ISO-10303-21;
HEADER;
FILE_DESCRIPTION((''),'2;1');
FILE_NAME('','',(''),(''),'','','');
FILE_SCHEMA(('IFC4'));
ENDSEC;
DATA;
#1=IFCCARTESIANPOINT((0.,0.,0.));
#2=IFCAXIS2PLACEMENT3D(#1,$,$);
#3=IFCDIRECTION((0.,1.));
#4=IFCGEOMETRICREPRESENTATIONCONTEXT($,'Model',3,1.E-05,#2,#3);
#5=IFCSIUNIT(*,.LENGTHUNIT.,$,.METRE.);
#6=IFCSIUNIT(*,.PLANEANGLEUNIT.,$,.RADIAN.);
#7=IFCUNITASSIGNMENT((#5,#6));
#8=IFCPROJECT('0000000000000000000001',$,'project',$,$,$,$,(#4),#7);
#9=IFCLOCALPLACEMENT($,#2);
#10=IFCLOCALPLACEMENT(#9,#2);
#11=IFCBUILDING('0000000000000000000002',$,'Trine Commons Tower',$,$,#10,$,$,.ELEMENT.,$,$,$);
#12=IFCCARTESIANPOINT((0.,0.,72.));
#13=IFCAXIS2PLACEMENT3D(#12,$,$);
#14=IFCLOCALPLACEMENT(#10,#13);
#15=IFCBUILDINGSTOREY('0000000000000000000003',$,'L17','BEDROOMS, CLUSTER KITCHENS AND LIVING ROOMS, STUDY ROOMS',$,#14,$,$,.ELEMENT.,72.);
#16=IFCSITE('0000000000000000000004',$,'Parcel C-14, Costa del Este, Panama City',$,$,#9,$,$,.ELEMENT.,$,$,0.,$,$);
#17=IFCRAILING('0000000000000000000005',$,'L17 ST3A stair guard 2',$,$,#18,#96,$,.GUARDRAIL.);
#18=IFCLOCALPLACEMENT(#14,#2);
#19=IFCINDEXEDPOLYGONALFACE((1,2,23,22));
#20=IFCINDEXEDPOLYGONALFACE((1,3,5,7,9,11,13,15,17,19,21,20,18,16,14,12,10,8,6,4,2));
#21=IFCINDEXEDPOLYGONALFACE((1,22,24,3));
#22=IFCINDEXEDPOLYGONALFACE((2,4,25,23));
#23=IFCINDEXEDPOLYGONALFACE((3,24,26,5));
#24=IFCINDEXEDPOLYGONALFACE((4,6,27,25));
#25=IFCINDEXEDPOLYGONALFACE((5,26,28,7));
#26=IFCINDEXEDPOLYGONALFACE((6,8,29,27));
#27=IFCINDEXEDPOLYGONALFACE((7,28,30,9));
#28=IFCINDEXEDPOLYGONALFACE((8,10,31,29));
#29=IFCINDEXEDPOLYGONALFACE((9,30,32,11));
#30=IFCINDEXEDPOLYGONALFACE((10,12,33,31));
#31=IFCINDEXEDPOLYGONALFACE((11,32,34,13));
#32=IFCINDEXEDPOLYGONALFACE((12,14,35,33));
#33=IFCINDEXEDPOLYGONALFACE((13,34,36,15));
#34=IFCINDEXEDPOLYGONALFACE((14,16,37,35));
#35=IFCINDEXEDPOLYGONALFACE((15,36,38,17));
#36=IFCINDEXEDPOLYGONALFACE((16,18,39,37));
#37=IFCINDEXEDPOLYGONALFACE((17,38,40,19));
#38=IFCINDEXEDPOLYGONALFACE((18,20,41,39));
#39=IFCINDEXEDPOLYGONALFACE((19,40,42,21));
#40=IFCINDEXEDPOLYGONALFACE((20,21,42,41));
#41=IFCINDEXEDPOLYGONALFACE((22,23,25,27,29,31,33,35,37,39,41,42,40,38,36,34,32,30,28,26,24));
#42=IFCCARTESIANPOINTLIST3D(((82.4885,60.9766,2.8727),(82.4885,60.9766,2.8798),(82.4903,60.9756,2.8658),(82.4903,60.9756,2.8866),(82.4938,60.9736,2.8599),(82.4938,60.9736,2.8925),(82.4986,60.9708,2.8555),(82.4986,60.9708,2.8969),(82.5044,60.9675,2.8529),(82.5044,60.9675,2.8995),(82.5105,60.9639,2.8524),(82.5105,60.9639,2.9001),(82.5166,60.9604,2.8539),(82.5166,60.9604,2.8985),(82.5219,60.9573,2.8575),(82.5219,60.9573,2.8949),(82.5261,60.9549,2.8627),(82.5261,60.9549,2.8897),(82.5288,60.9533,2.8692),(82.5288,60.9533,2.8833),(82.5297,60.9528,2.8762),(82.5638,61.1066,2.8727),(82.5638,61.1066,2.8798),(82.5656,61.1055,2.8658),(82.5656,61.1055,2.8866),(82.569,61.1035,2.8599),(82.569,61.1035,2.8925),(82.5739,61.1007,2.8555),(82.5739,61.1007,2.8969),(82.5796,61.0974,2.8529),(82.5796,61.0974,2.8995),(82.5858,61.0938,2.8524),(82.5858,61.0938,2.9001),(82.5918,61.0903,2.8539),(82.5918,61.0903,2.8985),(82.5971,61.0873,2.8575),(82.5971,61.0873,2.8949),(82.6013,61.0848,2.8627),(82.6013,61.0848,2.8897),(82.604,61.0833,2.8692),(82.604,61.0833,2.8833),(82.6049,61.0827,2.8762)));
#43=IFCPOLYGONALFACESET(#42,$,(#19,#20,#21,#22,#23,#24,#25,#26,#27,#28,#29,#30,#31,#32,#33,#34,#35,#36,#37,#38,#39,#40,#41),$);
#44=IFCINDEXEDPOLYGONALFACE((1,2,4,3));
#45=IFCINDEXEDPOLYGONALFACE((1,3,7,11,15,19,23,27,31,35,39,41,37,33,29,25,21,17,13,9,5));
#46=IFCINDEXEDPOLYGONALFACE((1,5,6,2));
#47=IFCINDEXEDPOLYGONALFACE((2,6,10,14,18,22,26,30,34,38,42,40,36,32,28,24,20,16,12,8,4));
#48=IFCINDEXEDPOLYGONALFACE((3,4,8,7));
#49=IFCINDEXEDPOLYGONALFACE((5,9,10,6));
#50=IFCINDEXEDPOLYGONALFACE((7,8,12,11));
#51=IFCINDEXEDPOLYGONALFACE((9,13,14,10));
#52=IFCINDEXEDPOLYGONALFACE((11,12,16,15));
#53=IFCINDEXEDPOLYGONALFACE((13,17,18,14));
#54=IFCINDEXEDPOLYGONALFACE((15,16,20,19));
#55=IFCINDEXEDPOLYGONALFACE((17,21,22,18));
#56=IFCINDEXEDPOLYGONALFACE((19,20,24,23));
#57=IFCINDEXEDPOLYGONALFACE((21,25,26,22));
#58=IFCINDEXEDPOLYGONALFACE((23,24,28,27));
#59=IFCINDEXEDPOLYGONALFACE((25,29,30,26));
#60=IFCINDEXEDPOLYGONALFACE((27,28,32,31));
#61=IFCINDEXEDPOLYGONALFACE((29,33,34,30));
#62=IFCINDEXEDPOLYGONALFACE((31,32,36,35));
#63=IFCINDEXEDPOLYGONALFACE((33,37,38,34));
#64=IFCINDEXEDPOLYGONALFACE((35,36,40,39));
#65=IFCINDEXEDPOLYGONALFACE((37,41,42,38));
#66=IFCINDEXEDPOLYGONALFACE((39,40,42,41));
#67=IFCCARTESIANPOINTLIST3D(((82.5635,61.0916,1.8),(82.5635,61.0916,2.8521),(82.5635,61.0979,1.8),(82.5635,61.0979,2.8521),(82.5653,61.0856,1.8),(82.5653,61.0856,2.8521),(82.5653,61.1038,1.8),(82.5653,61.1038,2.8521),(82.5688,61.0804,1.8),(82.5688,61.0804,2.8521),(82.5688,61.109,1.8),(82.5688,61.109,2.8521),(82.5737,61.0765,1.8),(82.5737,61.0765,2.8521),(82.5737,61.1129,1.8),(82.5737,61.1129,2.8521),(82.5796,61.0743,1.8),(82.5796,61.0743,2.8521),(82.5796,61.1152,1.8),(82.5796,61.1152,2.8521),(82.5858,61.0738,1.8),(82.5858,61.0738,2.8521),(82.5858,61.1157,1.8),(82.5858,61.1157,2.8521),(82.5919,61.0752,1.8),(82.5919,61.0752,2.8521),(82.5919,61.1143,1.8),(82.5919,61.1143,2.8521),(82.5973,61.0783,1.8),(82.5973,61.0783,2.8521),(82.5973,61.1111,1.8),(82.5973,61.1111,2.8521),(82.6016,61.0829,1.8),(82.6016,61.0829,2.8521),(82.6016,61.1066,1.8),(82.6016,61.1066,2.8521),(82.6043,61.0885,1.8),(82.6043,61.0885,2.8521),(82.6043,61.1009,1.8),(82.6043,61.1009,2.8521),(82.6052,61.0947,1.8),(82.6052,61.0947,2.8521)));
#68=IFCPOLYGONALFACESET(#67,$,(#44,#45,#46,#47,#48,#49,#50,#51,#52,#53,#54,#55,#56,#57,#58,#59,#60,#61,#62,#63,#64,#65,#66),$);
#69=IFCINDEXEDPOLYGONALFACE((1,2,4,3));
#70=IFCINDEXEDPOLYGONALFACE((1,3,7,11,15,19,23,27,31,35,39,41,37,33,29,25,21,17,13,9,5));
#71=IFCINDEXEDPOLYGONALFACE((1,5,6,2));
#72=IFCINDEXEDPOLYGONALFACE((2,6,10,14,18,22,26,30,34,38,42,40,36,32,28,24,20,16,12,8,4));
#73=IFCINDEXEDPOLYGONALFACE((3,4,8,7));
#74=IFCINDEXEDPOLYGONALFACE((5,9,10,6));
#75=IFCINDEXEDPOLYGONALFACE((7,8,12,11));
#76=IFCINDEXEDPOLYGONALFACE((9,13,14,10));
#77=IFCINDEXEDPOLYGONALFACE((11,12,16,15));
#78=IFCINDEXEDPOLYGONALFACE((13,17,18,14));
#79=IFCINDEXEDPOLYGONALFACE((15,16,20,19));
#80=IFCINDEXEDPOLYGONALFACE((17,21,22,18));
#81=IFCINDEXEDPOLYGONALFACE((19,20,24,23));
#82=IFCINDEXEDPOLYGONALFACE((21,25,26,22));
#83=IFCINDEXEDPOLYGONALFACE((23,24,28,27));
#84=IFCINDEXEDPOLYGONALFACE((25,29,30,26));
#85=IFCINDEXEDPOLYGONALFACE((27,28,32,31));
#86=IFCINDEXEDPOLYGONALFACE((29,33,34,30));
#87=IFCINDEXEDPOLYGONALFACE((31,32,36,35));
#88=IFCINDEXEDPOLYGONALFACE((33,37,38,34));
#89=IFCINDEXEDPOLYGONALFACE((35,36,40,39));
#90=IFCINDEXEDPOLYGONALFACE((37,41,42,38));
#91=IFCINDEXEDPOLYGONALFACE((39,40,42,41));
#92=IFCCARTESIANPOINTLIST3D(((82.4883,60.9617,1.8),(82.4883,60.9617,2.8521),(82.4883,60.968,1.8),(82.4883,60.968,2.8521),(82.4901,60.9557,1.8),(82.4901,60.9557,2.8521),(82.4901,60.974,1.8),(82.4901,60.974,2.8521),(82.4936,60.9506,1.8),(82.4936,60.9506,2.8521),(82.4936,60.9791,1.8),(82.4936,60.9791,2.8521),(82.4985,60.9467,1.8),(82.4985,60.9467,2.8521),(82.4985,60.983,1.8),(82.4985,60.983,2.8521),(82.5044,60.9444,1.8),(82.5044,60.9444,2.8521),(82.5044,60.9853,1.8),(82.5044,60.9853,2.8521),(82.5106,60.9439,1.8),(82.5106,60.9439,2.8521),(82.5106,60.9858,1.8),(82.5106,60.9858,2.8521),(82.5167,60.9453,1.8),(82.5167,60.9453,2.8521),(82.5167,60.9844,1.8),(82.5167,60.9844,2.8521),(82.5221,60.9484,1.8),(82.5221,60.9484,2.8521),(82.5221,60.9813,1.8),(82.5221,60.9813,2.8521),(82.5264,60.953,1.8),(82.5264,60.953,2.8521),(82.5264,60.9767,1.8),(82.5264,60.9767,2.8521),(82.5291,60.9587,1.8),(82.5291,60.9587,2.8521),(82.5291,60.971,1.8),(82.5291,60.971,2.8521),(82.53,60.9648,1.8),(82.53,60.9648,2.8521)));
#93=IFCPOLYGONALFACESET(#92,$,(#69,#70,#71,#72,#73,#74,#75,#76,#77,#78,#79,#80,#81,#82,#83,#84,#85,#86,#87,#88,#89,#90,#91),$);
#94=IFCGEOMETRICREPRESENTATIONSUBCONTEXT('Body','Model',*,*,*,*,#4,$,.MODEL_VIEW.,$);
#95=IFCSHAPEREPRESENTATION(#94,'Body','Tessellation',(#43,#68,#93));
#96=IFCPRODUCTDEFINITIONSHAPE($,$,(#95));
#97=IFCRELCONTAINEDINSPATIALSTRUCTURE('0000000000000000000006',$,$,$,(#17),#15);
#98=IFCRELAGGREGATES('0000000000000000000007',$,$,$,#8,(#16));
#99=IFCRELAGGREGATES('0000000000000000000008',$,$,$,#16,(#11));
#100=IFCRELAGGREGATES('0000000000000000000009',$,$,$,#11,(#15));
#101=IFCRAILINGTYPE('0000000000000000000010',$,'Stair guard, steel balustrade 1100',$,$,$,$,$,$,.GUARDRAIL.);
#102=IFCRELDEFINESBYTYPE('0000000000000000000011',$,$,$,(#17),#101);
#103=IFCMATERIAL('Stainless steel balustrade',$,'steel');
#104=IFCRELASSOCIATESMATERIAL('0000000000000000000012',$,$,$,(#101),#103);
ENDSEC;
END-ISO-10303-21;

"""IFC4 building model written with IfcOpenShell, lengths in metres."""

from ifc_helpers import new_model, si_unit, direction, frame, origin, origin_2d, place, context, subcontext, project, spatial, circle, extrude, material, type_object, element, save


model = new_model("IFC4")

# Units and contexts
model_context = context("Model", 3, precision=1e-05, world=origin(), true_north=direction((0.0, 1.0)))
body_context = subcontext(model_context, "Body", "Model", "MODEL_VIEW")
ifc_project = project(units=[si_unit("LENGTHUNIT", "METRE"), si_unit("PLANEANGLEUNIT", "RADIAN")], contexts=[model_context])

# Site, building, storey
site_placement = place(None, origin())
site = spatial("IfcSite", under=ifc_project, at=site_placement, Name="Parcel C-14, Costa del Este, Panama City", CompositionType="ELEMENT", RefElevation=0.0)
building_placement = place(site_placement, origin())
building = spatial("IfcBuilding", under=site, at=building_placement, Name="Trine Commons Tower", CompositionType="ELEMENT")
storey_placement = place(building_placement, frame((0.0, 0.0, 72.0)))
storey = spatial("IfcBuildingStorey", under=building, at=storey_placement, Name="L17", Description="BEDROOMS, CLUSTER KITCHENS AND LIVING ROOMS, STUDY ROOMS", CompositionType="ELEMENT", Elevation=72.0)

# Railing
ifc_material_1 = material(Name="Stainless steel balustrade", Category="steel")
railing_type_1 = type_object("IfcRailingType", Name="Stair guard, steel balustrade 1100", PredefinedType="GUARDRAIL", material=ifc_material_1)
railing_1_placement = place(storey_placement, frame((82.5842, 61.0947, 1.8)))
element("IfcRailing", 1, at=railing_1_placement, inside=storey, type_object=railing_type_1, Name="L17 ST3A stair guard 2", PredefinedType="GUARDRAIL", context=body_context, shape_type="SweptSolid", body=[
    extrude(circle(Radius=0.0239, at=origin_2d()), frame((0.0, 0.0, 1.0762), z_axis=(-0.501036, -0.865426, 0.0), x_axis=(0.865426, -0.501036, 0.0)), (0.0, 0.0, 1.0), 0.1501),
    extrude(circle(Radius=0.021, at=origin_2d()), origin(), (0.0, 0.0, 1.0), 1.052),
    extrude(circle(Radius=0.021, at=origin_2d()), frame((-0.0752, -0.1299, 0.0)), (0.0, 0.0, 1.0), 1.052),
])

save(model, "model.ifc")
